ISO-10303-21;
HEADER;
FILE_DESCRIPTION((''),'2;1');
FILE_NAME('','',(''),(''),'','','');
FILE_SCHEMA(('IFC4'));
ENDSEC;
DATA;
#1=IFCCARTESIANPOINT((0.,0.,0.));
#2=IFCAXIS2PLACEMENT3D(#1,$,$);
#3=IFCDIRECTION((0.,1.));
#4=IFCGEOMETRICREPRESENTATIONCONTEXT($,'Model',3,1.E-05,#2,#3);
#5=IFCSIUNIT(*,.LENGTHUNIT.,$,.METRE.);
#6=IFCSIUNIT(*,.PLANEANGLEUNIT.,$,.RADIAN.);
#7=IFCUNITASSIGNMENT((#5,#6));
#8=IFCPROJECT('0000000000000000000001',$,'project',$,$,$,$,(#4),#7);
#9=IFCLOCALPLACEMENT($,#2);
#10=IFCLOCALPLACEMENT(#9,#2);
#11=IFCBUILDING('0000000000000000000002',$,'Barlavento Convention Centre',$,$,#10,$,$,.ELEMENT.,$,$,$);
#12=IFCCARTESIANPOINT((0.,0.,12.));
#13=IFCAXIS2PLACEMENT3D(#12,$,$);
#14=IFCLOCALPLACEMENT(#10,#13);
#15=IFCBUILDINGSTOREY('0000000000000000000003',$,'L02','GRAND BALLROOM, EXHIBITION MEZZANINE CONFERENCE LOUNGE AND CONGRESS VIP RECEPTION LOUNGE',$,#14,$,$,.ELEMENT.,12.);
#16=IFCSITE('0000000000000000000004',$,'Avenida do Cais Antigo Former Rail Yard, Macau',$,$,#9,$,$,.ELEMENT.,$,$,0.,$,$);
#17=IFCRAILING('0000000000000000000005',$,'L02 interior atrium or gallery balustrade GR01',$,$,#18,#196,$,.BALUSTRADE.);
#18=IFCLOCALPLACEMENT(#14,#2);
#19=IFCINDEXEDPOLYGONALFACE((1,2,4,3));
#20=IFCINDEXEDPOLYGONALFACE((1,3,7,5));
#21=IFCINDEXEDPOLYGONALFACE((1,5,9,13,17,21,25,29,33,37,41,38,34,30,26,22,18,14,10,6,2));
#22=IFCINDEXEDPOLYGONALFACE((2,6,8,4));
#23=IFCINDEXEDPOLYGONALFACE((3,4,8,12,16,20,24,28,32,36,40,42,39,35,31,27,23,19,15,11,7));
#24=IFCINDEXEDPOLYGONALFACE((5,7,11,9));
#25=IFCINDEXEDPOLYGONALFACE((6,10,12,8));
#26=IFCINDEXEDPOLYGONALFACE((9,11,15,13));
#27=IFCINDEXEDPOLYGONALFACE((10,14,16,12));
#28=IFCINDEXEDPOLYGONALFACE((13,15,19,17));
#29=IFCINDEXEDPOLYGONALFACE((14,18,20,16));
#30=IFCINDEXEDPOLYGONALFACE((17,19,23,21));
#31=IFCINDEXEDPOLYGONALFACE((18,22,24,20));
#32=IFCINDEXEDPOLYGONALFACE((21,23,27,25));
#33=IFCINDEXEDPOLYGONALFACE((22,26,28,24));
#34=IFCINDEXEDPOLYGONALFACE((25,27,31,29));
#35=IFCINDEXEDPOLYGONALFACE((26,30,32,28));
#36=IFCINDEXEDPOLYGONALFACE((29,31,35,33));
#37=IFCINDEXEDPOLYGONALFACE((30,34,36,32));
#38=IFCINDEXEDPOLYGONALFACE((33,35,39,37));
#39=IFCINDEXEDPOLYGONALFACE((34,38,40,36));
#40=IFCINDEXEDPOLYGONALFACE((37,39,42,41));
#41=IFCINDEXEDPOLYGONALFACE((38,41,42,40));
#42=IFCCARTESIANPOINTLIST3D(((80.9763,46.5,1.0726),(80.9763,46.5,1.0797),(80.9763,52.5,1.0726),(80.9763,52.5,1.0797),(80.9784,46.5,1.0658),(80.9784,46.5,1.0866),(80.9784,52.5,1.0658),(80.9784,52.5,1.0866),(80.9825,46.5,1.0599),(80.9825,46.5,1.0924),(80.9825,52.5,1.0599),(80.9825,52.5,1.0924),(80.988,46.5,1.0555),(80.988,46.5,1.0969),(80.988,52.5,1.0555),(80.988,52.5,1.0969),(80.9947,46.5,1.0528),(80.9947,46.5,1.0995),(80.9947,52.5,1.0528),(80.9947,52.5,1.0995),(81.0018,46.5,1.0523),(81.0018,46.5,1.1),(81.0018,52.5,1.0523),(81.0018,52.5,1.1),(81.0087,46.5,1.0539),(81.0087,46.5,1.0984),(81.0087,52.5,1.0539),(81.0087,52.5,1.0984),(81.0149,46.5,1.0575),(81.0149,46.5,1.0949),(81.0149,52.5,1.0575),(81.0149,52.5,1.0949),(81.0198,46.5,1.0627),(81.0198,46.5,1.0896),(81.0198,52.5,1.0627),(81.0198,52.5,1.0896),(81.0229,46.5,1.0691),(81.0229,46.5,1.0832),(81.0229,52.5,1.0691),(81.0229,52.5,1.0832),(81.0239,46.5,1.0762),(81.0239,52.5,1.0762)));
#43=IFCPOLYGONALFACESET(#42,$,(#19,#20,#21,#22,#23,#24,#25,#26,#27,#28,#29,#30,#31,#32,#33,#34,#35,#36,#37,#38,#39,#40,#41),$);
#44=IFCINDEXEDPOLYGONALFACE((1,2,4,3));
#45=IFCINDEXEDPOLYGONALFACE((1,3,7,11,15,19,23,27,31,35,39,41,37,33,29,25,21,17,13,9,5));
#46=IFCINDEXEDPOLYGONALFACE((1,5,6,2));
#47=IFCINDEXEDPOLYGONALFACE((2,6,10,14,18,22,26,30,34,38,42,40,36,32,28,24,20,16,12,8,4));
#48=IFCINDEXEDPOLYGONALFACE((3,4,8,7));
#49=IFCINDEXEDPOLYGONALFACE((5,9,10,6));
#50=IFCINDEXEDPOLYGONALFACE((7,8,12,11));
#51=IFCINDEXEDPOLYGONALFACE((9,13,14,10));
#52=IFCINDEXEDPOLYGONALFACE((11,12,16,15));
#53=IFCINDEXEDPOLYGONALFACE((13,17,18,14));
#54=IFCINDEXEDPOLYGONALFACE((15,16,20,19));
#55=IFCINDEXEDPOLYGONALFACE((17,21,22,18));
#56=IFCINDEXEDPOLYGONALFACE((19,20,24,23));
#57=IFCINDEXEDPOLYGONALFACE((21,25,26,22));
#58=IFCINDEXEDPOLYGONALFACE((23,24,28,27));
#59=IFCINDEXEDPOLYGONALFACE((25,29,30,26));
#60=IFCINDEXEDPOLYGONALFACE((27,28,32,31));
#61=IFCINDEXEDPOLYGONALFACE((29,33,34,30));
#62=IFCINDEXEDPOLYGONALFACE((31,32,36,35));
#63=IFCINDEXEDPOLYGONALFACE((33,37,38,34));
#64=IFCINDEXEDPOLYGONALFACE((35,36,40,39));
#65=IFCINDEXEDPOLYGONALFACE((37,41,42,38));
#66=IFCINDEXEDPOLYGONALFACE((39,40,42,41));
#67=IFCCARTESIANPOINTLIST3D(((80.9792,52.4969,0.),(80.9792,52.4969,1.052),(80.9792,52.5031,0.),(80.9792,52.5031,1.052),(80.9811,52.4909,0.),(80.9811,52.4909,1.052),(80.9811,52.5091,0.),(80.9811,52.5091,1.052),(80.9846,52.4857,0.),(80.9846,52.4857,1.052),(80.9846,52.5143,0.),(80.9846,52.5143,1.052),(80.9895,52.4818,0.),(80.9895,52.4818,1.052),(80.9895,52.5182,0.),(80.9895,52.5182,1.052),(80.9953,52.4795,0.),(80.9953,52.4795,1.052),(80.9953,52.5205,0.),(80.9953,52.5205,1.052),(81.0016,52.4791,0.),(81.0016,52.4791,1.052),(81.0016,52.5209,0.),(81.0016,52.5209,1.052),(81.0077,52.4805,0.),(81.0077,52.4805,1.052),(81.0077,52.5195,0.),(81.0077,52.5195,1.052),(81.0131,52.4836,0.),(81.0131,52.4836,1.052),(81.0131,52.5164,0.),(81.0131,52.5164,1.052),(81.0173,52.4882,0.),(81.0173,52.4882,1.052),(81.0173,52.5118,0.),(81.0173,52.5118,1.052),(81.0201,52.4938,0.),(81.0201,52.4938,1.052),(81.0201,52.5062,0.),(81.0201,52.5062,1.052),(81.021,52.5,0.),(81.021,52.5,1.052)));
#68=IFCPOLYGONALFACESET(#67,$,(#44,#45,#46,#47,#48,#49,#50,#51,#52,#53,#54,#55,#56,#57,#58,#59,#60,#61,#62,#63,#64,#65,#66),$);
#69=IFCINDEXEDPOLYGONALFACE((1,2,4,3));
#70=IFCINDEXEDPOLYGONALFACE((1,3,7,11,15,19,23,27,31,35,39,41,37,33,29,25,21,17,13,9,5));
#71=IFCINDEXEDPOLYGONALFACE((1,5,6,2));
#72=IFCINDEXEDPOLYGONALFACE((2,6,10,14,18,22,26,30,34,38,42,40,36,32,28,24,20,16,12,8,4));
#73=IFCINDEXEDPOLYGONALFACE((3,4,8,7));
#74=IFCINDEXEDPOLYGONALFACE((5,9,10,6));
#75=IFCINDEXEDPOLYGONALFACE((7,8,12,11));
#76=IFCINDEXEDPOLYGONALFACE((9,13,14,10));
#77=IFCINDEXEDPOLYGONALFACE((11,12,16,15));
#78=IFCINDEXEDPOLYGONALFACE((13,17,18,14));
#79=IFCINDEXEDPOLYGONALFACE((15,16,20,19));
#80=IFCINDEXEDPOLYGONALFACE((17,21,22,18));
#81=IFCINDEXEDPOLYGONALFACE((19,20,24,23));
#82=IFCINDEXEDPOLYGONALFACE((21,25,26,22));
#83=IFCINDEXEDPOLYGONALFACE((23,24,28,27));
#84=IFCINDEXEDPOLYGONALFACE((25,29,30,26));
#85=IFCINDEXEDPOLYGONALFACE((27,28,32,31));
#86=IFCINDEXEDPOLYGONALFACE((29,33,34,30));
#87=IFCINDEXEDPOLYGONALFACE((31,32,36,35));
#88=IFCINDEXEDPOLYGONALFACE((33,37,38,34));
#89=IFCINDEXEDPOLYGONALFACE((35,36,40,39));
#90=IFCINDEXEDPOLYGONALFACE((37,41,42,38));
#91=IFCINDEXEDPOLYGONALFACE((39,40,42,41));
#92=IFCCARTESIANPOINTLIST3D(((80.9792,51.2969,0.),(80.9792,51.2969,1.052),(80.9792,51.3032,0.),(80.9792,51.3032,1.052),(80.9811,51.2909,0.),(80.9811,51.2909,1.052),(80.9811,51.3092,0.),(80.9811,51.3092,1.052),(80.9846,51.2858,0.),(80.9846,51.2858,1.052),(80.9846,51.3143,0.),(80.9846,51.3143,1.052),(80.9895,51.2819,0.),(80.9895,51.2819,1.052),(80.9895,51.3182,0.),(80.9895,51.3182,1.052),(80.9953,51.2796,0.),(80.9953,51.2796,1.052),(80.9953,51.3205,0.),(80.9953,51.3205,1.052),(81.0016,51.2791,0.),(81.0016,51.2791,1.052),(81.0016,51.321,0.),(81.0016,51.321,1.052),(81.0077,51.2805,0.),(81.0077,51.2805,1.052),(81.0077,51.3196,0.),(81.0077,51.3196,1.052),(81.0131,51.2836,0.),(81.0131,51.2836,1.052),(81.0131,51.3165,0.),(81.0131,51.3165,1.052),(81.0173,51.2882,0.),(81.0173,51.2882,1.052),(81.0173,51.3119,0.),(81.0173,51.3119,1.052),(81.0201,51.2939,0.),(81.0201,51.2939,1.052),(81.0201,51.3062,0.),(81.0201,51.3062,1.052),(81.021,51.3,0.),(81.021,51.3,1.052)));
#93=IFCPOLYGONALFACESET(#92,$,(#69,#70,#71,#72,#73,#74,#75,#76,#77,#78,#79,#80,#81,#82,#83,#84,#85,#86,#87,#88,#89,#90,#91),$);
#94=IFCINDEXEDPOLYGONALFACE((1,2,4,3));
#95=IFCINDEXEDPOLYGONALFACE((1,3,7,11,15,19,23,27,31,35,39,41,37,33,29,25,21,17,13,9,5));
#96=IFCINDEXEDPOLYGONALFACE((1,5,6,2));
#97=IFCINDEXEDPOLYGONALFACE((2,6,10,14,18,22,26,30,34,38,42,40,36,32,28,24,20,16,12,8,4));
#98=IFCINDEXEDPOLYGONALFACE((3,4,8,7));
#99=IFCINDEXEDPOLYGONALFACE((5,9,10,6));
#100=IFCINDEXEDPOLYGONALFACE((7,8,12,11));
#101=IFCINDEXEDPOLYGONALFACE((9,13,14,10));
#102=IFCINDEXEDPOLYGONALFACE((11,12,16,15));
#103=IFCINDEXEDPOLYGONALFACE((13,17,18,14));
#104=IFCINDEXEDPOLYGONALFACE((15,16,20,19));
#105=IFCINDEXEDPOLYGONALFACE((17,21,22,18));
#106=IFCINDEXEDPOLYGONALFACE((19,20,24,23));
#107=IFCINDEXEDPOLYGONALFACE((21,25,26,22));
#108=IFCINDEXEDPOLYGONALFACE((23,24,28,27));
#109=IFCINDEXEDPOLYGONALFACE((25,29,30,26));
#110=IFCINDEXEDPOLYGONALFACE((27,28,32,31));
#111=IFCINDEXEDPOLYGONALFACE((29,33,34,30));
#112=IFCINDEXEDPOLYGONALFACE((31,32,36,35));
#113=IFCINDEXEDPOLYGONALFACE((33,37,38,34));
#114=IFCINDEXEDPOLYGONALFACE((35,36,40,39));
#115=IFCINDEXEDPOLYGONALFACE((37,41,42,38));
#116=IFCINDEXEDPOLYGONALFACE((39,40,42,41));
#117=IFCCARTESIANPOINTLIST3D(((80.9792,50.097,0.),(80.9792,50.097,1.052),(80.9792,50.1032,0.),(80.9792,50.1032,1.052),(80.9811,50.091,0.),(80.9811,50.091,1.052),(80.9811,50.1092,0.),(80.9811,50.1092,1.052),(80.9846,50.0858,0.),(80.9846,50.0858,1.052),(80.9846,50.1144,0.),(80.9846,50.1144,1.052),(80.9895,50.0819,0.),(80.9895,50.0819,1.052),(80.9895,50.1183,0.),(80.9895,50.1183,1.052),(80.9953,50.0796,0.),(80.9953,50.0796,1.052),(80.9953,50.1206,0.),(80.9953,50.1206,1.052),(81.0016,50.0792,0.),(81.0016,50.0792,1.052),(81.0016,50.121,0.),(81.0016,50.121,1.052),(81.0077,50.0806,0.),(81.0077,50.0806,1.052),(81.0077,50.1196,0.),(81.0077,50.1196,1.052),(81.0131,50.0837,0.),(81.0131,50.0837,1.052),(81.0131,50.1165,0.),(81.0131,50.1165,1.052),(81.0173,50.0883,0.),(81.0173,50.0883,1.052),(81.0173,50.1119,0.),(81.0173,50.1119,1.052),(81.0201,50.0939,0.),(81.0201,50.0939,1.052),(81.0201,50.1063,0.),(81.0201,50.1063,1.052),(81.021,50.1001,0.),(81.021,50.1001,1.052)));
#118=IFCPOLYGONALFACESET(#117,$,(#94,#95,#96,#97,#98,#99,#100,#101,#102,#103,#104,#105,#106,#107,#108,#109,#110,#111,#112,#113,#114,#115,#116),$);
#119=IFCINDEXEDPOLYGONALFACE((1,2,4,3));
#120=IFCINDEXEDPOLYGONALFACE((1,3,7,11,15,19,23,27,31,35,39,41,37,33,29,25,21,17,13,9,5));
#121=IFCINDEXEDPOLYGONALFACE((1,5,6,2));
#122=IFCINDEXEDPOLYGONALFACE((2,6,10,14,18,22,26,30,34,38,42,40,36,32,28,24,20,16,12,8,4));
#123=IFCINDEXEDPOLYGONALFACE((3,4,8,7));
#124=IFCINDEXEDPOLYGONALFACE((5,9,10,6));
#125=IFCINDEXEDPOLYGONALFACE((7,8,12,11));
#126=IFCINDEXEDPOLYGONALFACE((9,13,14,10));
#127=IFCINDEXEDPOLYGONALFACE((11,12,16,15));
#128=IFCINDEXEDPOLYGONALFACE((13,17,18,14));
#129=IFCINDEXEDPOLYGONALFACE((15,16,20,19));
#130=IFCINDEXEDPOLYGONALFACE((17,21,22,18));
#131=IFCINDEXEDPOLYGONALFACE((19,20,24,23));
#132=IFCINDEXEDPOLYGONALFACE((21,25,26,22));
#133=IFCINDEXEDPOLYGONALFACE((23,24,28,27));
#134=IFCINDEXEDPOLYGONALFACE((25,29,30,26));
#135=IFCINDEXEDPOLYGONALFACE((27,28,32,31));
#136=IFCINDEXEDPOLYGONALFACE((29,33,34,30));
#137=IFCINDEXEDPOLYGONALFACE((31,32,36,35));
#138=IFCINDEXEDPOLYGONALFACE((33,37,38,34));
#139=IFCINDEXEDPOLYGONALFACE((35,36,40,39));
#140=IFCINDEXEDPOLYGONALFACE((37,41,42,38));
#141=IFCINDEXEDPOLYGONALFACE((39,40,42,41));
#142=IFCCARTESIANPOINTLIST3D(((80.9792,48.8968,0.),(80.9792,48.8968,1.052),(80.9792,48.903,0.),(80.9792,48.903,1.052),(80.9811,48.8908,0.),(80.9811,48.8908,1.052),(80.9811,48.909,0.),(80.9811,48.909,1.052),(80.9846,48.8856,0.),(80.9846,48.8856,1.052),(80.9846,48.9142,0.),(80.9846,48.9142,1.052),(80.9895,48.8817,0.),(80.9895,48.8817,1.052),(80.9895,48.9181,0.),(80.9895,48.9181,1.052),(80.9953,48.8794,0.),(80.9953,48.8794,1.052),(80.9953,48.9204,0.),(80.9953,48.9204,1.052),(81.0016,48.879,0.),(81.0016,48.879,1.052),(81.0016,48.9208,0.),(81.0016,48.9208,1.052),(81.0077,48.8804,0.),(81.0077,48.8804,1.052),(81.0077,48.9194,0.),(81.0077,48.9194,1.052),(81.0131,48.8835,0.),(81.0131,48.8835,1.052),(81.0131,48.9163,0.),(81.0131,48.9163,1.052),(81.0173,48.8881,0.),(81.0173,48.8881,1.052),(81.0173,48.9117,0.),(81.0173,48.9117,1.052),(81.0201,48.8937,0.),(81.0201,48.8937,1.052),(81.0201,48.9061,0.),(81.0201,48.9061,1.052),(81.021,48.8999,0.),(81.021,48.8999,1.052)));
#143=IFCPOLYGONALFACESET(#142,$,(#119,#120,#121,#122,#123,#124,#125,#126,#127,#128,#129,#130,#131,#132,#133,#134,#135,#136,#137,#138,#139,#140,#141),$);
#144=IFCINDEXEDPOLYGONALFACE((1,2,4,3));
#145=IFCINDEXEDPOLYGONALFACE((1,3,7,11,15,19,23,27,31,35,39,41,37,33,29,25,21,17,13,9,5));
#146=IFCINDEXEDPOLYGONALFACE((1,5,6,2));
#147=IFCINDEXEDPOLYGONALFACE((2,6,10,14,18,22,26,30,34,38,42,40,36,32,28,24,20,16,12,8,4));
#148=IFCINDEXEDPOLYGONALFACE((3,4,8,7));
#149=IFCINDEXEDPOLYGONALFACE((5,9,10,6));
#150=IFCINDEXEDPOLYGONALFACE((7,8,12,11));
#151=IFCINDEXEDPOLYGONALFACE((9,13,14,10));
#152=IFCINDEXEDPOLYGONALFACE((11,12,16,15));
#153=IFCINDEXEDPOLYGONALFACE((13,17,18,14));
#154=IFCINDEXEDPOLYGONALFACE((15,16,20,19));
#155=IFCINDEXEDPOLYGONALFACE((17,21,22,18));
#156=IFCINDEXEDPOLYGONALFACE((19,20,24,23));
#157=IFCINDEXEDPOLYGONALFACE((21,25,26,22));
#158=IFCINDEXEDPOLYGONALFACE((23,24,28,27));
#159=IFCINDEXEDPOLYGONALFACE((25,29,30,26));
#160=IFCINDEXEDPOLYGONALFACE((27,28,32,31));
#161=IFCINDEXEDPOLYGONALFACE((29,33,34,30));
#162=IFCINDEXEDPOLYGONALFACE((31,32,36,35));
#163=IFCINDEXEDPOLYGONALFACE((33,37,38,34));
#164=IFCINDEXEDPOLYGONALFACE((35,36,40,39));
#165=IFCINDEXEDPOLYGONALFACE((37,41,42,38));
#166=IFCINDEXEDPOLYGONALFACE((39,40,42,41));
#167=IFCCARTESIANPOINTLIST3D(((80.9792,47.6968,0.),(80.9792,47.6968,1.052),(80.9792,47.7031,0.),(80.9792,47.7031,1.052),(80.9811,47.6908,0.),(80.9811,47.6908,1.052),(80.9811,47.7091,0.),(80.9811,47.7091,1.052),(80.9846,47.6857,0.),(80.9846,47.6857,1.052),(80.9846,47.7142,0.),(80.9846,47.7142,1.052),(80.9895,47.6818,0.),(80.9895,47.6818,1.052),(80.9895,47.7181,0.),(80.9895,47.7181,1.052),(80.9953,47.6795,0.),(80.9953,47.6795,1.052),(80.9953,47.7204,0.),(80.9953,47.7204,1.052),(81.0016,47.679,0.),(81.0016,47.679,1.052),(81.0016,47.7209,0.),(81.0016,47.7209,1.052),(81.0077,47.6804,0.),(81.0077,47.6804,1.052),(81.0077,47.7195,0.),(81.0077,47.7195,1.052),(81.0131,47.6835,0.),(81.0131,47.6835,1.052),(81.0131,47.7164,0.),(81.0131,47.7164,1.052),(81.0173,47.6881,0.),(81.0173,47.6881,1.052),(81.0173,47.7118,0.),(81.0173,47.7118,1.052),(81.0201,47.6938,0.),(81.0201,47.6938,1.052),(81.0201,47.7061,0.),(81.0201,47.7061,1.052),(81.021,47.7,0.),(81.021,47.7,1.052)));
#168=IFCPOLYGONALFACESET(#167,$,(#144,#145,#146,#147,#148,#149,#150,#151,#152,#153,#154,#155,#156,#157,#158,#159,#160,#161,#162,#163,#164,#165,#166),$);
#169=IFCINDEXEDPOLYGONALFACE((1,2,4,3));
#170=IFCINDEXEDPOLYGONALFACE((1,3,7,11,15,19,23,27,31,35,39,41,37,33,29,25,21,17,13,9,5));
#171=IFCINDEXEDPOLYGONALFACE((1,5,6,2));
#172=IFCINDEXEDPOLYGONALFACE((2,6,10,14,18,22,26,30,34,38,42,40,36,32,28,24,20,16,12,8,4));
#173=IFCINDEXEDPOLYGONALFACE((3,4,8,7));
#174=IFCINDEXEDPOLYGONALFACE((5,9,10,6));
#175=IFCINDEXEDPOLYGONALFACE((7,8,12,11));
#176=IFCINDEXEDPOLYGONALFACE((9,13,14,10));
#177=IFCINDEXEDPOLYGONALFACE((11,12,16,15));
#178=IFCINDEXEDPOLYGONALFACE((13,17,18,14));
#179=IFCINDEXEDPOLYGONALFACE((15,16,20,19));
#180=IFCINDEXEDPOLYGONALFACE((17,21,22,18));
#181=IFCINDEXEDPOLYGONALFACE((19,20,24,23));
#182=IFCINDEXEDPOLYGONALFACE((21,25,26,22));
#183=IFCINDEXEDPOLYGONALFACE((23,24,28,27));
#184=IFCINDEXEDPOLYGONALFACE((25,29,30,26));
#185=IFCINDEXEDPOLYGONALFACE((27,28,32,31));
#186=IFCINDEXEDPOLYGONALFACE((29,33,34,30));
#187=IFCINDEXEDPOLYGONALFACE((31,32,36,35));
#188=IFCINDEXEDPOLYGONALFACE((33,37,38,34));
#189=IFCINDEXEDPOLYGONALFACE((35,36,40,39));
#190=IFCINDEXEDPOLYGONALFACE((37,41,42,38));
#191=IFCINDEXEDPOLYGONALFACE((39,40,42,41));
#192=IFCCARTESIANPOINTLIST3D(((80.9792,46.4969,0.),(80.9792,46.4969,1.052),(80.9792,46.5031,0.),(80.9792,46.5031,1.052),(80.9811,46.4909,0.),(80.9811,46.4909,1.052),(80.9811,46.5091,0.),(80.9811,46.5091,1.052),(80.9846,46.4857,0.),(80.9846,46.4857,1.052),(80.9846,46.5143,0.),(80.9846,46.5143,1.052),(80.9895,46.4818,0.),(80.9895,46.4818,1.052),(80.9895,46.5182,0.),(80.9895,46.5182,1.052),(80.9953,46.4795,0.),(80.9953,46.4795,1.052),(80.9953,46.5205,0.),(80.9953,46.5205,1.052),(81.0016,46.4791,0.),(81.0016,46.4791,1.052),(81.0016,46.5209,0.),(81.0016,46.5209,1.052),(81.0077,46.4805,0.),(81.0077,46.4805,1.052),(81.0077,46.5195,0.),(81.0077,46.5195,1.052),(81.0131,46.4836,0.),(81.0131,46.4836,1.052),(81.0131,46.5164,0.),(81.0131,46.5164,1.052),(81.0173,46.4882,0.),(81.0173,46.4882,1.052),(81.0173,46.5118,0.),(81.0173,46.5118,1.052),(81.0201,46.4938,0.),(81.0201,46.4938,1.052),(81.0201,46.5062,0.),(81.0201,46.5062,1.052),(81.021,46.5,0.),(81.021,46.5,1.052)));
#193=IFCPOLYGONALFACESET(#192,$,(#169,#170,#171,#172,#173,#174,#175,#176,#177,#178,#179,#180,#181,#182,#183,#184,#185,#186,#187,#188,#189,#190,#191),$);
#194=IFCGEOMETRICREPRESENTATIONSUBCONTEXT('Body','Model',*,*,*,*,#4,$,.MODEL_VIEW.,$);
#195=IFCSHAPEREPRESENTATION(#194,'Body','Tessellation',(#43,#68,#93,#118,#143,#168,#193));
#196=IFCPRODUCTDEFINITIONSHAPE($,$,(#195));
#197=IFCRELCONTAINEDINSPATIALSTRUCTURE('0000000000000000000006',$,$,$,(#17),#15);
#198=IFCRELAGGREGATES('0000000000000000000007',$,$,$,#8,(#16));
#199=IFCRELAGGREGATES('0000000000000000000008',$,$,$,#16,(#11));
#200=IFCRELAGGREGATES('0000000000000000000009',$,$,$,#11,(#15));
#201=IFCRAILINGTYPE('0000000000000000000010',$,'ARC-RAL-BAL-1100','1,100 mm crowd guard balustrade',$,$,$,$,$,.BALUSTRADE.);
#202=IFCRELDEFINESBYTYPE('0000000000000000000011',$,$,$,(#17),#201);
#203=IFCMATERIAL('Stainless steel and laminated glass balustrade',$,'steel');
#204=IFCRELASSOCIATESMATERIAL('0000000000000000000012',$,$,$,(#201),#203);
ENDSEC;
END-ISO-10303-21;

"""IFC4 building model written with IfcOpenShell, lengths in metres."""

from ifc_helpers import new_model, si_unit, direction, frame, origin, origin_2d, place, context, subcontext, project, spatial, circle, extrude, material, type_object, element, save


model = new_model("IFC4")

# Units and contexts
model_context = context("Model", 3, precision=1e-05, world=origin(), true_north=direction((0.0, 1.0)))
body_context = subcontext(model_context, "Body", "Model", "MODEL_VIEW")
ifc_project = project(units=[si_unit("LENGTHUNIT", "METRE"), si_unit("PLANEANGLEUNIT", "RADIAN")], contexts=[model_context])

# Site, building, storey
site_placement = place(None, origin())
site = spatial("IfcSite", under=ifc_project, at=site_placement, Name="Avenida do Cais Antigo Former Rail Yard, Macau", CompositionType="ELEMENT", RefElevation=0.0)
building_placement = place(site_placement, origin())
building = spatial("IfcBuilding", under=site, at=building_placement, Name="Barlavento Convention Centre", CompositionType="ELEMENT")
storey_placement = place(building_placement, frame((0.0, 0.0, 12.0)))
storey = spatial("IfcBuildingStorey", under=building, at=storey_placement, Name="L02", Description="GRAND BALLROOM, EXHIBITION MEZZANINE CONFERENCE LOUNGE AND CONGRESS VIP RECEPTION LOUNGE", CompositionType="ELEMENT", Elevation=12.0)

# Railing
ifc_material_1 = material(Name="Stainless steel and laminated glass balustrade", Category="steel")
railing_type_1 = type_object("IfcRailingType", Name="ARC-RAL-BAL-1100", Description="1,100 mm crowd guard balustrade", PredefinedType="BALUSTRADE", material=ifc_material_1)
railing_1_placement = place(storey_placement, frame((81.0, 52.5, 0.0)))
element("IfcRailing", 1, at=railing_1_placement, inside=storey, type_object=railing_type_1, Name="L02 interior atrium or gallery balustrade GR01", PredefinedType="BALUSTRADE", context=body_context, shape_type="SweptSolid", body=[
    extrude(circle(Radius=0.0239, at=origin_2d()), frame((0.0, 0.0, 1.0762), z_axis=(0.0, -1.0, 0.0), x_axis=(1.0, 0.0, 0.0)), (0.0, 0.0, 1.0), 6.0),
    extrude(circle(Radius=0.021, at=origin_2d()), origin(), (0.0, 0.0, 1.0), 1.052),
    extrude(circle(Radius=0.021, at=origin_2d()), frame((0.0, -1.2, 0.0)), (0.0, 0.0, 1.0), 1.052),
    extrude(circle(Radius=0.021, at=origin_2d()), frame((0.0, -2.3999, 0.0)), (0.0, 0.0, 1.0), 1.052),
    extrude(circle(Radius=0.021, at=origin_2d()), frame((0.0, -3.6001, 0.0)), (0.0, 0.0, 1.0), 1.052),
    extrude(circle(Radius=0.021, at=origin_2d()), frame((0.0, -4.8, 0.0)), (0.0, 0.0, 1.0), 1.052),
    extrude(circle(Radius=0.021, at=origin_2d()), frame((0.0, -6.0, 0.0)), (0.0, 0.0, 1.0), 1.052),
])

save(model, "model.ifc")
